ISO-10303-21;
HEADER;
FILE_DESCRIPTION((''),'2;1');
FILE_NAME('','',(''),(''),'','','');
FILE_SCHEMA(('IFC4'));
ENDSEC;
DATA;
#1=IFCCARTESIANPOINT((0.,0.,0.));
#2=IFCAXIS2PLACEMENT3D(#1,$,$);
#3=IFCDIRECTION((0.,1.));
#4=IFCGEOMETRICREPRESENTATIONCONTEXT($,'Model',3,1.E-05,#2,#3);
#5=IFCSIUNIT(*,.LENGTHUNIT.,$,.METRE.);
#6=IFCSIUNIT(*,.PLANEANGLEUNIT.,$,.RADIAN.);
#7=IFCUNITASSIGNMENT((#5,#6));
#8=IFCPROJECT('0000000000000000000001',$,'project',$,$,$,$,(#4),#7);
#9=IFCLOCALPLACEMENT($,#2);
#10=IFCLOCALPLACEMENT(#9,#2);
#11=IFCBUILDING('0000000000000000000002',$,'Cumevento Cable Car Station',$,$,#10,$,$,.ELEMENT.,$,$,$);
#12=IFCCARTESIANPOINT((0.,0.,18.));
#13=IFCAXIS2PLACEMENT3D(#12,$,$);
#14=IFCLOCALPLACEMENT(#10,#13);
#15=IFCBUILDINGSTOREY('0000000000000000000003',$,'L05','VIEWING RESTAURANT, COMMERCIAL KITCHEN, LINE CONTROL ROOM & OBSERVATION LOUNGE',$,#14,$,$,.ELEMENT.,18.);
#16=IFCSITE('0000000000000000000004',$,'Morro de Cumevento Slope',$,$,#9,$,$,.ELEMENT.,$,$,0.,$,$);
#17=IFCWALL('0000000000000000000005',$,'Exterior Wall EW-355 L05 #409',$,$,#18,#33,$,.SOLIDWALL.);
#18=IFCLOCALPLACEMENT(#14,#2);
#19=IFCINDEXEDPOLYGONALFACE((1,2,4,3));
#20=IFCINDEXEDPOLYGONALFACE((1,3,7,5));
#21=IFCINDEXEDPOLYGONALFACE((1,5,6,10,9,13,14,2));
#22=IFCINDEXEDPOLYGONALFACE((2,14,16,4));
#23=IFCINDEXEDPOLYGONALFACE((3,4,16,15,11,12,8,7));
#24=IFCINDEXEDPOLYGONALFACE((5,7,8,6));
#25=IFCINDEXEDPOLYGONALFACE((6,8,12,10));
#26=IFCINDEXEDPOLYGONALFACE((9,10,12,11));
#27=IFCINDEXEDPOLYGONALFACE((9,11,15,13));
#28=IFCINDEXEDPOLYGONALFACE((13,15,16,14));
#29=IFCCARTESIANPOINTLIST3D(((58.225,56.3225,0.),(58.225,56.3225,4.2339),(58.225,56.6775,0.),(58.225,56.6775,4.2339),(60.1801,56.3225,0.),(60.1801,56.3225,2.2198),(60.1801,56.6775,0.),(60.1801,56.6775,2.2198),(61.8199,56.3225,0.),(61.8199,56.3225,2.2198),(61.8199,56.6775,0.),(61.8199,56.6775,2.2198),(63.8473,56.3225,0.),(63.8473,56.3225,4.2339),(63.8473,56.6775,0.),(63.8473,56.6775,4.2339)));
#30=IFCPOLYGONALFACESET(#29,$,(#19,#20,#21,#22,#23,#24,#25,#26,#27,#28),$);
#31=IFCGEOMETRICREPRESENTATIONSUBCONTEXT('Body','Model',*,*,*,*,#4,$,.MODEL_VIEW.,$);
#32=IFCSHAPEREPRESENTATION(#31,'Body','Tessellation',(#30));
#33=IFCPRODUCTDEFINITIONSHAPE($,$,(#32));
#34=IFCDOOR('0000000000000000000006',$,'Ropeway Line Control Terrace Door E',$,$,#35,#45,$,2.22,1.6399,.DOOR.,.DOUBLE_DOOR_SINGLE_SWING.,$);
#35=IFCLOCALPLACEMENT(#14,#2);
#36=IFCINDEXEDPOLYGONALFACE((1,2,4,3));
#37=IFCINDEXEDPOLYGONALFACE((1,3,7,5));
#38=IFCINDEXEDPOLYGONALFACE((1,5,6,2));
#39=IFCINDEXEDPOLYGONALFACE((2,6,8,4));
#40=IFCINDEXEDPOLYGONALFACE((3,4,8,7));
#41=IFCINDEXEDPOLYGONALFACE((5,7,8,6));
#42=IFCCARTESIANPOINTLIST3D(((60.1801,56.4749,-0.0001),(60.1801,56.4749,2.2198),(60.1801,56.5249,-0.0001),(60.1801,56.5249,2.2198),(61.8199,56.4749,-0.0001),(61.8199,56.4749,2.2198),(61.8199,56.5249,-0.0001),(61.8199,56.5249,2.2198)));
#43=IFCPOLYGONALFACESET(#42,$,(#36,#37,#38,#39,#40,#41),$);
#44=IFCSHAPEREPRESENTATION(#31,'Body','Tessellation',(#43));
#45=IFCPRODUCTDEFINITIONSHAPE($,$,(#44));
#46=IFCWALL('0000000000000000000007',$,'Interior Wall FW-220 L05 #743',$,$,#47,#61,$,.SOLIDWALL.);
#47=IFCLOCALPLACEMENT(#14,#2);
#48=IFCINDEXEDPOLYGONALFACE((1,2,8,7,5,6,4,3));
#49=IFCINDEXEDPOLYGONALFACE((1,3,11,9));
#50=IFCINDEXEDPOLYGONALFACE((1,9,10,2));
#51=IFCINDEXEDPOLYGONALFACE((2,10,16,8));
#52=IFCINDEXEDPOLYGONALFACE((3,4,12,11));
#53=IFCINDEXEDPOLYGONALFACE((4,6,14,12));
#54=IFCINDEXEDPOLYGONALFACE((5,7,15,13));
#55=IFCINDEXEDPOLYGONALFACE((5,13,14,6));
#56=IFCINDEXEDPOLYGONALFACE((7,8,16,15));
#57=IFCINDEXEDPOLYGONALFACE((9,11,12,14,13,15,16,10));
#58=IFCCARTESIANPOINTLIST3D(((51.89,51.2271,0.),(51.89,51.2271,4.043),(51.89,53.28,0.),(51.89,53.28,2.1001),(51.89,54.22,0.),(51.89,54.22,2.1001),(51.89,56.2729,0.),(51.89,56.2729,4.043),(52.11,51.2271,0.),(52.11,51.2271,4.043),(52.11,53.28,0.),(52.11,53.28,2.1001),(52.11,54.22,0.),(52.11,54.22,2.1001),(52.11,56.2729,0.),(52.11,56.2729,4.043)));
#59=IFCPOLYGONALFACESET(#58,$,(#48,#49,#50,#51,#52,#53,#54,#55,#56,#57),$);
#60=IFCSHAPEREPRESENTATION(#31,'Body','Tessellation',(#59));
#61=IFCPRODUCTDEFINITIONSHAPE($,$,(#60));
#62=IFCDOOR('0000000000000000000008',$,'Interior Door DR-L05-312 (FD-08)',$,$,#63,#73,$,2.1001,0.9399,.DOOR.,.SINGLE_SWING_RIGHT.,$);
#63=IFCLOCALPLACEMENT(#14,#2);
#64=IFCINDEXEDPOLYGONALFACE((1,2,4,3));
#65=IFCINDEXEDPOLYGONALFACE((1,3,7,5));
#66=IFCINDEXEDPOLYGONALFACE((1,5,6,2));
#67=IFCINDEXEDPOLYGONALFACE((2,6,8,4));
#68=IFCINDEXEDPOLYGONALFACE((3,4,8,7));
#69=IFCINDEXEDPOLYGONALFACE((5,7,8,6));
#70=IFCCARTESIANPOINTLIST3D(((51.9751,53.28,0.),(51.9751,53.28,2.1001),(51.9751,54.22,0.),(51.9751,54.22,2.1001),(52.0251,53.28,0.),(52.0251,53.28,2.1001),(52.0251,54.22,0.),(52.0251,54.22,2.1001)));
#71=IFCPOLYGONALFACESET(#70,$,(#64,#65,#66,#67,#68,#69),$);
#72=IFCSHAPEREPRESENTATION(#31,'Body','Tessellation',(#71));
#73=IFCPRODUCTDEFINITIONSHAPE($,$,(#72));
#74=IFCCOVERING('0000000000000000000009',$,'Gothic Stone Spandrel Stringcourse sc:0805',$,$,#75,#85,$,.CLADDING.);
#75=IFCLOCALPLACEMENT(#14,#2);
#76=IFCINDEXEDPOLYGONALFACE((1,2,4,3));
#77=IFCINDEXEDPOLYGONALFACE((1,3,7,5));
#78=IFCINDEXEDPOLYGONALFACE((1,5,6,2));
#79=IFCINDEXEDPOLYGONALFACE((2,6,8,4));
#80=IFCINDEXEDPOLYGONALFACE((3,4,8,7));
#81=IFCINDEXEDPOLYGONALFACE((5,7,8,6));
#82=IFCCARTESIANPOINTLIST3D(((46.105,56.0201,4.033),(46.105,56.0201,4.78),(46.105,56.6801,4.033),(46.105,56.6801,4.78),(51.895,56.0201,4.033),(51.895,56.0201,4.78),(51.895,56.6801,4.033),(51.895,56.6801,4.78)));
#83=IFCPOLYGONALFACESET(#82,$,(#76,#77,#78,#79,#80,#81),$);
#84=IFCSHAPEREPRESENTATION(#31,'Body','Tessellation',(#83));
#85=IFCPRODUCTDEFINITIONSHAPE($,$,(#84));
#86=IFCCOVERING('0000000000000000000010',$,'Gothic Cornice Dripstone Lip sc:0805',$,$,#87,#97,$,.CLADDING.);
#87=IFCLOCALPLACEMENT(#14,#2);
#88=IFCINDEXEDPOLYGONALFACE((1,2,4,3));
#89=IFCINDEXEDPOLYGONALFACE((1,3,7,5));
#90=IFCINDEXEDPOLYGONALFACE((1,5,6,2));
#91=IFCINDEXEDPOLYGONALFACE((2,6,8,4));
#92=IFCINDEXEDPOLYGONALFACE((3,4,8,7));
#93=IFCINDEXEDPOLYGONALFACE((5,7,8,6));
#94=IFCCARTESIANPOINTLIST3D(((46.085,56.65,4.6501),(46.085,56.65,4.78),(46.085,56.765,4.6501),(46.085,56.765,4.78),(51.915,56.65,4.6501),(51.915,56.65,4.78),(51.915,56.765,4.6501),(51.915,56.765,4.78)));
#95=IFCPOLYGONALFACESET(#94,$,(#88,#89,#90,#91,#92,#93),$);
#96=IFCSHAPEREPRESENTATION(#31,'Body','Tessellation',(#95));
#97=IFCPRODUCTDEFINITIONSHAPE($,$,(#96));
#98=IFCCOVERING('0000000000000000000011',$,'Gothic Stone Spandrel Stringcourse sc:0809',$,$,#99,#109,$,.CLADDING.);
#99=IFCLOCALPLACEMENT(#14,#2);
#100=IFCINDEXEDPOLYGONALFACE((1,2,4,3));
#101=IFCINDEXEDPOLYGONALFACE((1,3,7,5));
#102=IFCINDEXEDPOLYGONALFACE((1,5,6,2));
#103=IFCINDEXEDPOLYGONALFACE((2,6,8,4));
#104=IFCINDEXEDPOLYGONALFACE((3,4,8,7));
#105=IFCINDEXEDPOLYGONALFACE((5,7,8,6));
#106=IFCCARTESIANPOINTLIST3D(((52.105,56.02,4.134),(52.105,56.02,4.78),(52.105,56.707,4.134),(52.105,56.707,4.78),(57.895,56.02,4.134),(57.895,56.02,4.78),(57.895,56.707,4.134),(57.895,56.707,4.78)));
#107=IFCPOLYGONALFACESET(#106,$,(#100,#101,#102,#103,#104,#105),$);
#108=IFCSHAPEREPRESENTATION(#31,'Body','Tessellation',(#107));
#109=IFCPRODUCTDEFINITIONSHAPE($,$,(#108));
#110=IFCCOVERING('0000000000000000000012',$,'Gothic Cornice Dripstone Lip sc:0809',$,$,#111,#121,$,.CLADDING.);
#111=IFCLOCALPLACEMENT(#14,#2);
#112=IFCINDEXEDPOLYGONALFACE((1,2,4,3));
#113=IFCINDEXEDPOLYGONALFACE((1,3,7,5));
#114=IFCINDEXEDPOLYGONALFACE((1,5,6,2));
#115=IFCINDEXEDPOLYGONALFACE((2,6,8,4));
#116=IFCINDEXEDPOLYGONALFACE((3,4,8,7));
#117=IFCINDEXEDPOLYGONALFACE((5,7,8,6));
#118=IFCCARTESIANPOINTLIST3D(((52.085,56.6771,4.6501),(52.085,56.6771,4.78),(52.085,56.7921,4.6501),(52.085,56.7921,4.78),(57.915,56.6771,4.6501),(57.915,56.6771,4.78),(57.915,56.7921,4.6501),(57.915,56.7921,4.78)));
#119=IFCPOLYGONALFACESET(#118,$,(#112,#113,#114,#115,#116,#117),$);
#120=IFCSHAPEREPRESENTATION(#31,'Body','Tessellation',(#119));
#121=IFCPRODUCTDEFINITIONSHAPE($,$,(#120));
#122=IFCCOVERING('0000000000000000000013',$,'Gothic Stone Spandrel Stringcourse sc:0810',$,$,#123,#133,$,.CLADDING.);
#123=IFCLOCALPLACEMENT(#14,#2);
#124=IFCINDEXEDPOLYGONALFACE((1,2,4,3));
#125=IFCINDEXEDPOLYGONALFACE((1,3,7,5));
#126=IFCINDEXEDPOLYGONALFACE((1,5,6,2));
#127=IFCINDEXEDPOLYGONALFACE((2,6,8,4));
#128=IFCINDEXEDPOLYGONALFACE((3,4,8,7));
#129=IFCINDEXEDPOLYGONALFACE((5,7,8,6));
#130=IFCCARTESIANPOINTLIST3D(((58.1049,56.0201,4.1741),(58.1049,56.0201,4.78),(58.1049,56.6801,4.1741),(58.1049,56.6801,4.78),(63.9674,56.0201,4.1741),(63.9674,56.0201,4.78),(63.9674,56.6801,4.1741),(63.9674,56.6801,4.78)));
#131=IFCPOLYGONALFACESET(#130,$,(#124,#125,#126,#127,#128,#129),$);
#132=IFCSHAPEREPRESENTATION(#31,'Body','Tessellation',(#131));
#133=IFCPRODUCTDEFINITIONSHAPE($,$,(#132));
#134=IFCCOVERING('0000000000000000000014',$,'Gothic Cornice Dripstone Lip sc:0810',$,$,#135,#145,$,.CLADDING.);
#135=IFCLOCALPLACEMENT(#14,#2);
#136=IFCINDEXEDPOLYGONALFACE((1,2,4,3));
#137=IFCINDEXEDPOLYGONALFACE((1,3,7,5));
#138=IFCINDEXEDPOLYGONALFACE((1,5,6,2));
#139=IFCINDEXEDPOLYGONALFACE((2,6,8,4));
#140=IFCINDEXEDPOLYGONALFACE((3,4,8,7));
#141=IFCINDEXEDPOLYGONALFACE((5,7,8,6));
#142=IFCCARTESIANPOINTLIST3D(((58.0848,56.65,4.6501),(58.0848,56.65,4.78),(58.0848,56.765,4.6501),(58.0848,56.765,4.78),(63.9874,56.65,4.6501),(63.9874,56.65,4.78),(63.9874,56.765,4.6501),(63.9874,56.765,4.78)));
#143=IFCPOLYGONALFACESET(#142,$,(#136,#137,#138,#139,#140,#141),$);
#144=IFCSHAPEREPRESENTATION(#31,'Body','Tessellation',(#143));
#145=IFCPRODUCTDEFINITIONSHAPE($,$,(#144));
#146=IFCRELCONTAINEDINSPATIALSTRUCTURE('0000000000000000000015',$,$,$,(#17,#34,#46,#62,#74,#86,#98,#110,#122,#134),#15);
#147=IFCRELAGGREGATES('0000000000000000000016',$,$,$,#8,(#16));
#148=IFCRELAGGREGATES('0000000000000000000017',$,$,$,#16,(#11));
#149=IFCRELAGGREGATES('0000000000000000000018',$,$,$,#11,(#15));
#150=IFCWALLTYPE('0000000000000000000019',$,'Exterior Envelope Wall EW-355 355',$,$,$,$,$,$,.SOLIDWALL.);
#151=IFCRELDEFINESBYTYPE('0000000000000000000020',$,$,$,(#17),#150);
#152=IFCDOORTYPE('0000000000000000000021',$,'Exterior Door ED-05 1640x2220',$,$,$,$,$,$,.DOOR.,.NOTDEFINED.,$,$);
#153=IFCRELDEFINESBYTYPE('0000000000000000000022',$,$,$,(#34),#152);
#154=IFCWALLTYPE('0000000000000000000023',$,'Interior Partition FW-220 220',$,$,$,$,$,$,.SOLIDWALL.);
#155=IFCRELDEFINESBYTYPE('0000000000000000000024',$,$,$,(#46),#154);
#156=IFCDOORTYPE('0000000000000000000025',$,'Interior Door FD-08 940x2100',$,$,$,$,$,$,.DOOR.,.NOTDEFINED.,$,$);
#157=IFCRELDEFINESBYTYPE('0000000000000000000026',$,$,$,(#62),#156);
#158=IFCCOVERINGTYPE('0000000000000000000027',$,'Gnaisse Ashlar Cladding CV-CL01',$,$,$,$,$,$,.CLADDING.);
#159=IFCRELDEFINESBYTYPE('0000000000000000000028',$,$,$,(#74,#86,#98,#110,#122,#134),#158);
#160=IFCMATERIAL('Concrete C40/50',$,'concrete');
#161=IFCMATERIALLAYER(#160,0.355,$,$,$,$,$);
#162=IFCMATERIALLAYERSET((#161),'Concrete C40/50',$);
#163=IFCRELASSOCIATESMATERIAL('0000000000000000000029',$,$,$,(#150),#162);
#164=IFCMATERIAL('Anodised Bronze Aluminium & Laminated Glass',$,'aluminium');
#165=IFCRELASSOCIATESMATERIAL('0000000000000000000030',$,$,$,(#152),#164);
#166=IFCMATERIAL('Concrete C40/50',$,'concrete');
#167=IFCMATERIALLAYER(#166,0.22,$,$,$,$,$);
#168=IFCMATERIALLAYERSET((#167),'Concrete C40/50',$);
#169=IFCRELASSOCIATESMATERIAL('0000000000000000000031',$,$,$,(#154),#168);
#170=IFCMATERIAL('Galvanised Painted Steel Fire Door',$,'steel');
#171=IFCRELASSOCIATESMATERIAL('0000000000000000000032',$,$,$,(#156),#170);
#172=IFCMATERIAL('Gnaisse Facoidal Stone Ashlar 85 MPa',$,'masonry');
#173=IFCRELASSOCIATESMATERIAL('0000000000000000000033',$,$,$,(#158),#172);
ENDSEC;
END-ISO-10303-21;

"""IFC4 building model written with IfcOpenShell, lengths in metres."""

from ifc_helpers import new_model, si_unit, direction, frame, frame_2d, origin, origin_2d, place, context, subcontext, project, spatial, rectangle, extrude, material, layer, layer_set, type_object, element, fill, save


model = new_model("IFC4")

# Units and contexts
model_context = context("Model", 3, precision=1e-05, world=origin(), true_north=direction((0.0, 1.0)))
body_context = subcontext(model_context, "Body", "Model", "MODEL_VIEW")
ifc_project = project(units=[si_unit("LENGTHUNIT", "METRE"), si_unit("PLANEANGLEUNIT", "RADIAN")], contexts=[model_context])

# Site, building, storey
site_placement = place(None, origin())
site = spatial("IfcSite", under=ifc_project, at=site_placement, Name="Morro de Cumevento Slope", CompositionType="ELEMENT", RefElevation=0.0)
building_placement = place(site_placement, origin())
building = spatial("IfcBuilding", under=site, at=building_placement, Name="Cumevento Cable Car Station", CompositionType="ELEMENT")
storey_placement = place(building_placement, frame((0.0, 0.0, 18.0)))
storey = spatial("IfcBuildingStorey", under=building, at=storey_placement, Name="L05", Description="VIEWING RESTAURANT, COMMERCIAL KITCHEN, LINE CONTROL ROOM & OBSERVATION LOUNGE", CompositionType="ELEMENT", Elevation=18.0)

# Walls, openings, doors
ifc_material_1 = material(Name="Concrete C40/50", Category="concrete")
ifc_layer_1 = layer(ifc_material_1, 0.355)
ifc_layer_set_1 = layer_set([ifc_layer_1], Name="Concrete C40/50")
wall_type_1 = type_object("IfcWallType", Name="Exterior Envelope Wall EW-355 355", PredefinedType="SOLIDWALL", material=ifc_layer_set_1)
wall_1_placement = place(storey_placement, frame((58.2251, 56.5, 0.0), z_axis=(0.0, 0.0, 1.0), x_axis=(1.0, 0.0, 0.0)))
wall_1 = element("IfcWall", 1, at=wall_1_placement, inside=storey, type_object=wall_type_1, Name="Exterior Wall EW-355 L05 #409", PredefinedType="SOLIDWALL", context=body_context, shape_type="SweptSolid", body=[
    extrude(rectangle(XDim=5.6223, YDim=0.355, at=frame_2d((2.811, 0.0))), origin(), (0.0, 0.0, 1.0), 4.2339),
])
opening_1_placement = place(wall_1_placement, frame((1.9551, 0.0, 0.0)))
opening_1 = element("IfcOpeningElement", 2, at=opening_1_placement, cuts=wall_1, PredefinedType="OPENING", context=body_context, shape_type="SweptSolid", body=[
    extrude(rectangle(XDim=1.6399, YDim=2.22, at=frame_2d((0.8198, 1.1099))), frame((0.0, 0.1875, 0.0), z_axis=(0.0, -1.0, 0.0), x_axis=(1.0, 0.0, 0.0)), (0.0, 0.0, 1.0), 0.375),
])
ifc_material_2 = material(Name="Anodised Bronze Aluminium & Laminated Glass", Category="aluminium")
door_type_1 = type_object("IfcDoorType", Name="Exterior Door ED-05 1640x2220", OperationType="NOTDEFINED", PredefinedType="DOOR", material=ifc_material_2)
door_1_placement = place(opening_1_placement, origin())
door_1 = element("IfcDoor", 3, at=door_1_placement, inside=storey, type_object=door_type_1, Name="Ropeway Line Control Terrace Door E", OperationType="DOUBLE_DOOR_SINGLE_SWING", OverallHeight=2.22, OverallWidth=1.6399, PredefinedType="DOOR", context=body_context, shape_type="SweptSolid", body=[
    extrude(rectangle(XDim=1.6399, YDim=2.22, at=frame_2d((0.8198, 1.1099))), frame((0.0, 0.0249, 0.0), z_axis=(0.0, -1.0, 0.0), x_axis=(1.0, 0.0, 0.0)), (0.0, 0.0, 1.0), 0.05),
])
fill(opening_1, door_1)
ifc_material_3 = material(Name="Concrete C40/50", Category="concrete")
ifc_layer_2 = layer(ifc_material_3, 0.22)
ifc_layer_set_2 = layer_set([ifc_layer_2], Name="Concrete C40/50")
wall_type_2 = type_object("IfcWallType", Name="Interior Partition FW-220 220", PredefinedType="SOLIDWALL", material=ifc_layer_set_2)
wall_2_placement = place(storey_placement, frame((52.0, 51.2271, 0.0), z_axis=(0.0, 0.0, 1.0), x_axis=(0.0, 1.0, 0.0)))
wall_2 = element("IfcWall", 4, at=wall_2_placement, inside=storey, type_object=wall_type_2, Name="Interior Wall FW-220 L05 #743", PredefinedType="SOLIDWALL", context=body_context, shape_type="SweptSolid", body=[
    extrude(rectangle(XDim=5.0459, YDim=0.22, at=frame_2d((2.5229, 0.0))), origin(), (0.0, 0.0, 1.0), 4.043),
])
opening_2_placement = place(wall_2_placement, frame((2.053, 0.0, 0.0)))
opening_2 = element("IfcOpeningElement", 5, at=opening_2_placement, cuts=wall_2, PredefinedType="OPENING", context=body_context, shape_type="SweptSolid", body=[
    extrude(rectangle(XDim=0.9399, YDim=2.1001, at=frame_2d((0.47, 1.05))), frame((0.0, 0.1199, 0.0), z_axis=(0.0, -1.0, 0.0), x_axis=(1.0, 0.0, 0.0)), (0.0, 0.0, 1.0), 0.24),
])
ifc_material_4 = material(Name="Galvanised Painted Steel Fire Door", Category="steel")
door_type_2 = type_object("IfcDoorType", Name="Interior Door FD-08 940x2100", OperationType="NOTDEFINED", PredefinedType="DOOR", material=ifc_material_4)
door_2_placement = place(opening_2_placement, origin())
door_2 = element("IfcDoor", 6, at=door_2_placement, inside=storey, type_object=door_type_2, Name="Interior Door DR-L05-312 (FD-08)", OperationType="SINGLE_SWING_RIGHT", OverallHeight=2.1001, OverallWidth=0.9399, PredefinedType="DOOR", context=body_context, shape_type="SweptSolid", body=[
    extrude(rectangle(XDim=0.9399, YDim=2.1001, at=frame_2d((0.47, 1.05))), frame((0.0, 0.0249, 0.0), z_axis=(0.0, -1.0, 0.0), x_axis=(1.0, 0.0, 0.0)), (0.0, 0.0, 1.0), 0.05),
])
fill(opening_2, door_2)

# Coverings
ifc_material_5 = material(Name="Gnaisse Facoidal Stone Ashlar 85 MPa", Category="masonry")
covering_type = type_object("IfcCoveringType", Name="Gnaisse Ashlar Cladding CV-CL01", PredefinedType="CLADDING", material=ifc_material_5)
covering_1_placement = place(storey_placement, frame((49.0, 56.3501, 4.033), z_axis=(0.0, 0.0, 1.0), x_axis=(1.0, 0.0, 0.0)))
element("IfcCovering", 7, at=covering_1_placement, inside=storey, type_object=covering_type, Name="Gothic Stone Spandrel Stringcourse sc:0805", PredefinedType="CLADDING", context=body_context, shape_type="SweptSolid", body=[
    extrude(rectangle(XDim=5.79, YDim=0.6599, at=origin_2d()), origin(), (0.0, 0.0, 1.0), 0.7471),
])
covering_2_placement = place(storey_placement, frame((49.0, 56.7075, 4.6501), z_axis=(0.0, 0.0, 1.0), x_axis=(1.0, 0.0, 0.0)))
element("IfcCovering", 8, at=covering_2_placement, inside=storey, type_object=covering_type, Name="Gothic Cornice Dripstone Lip sc:0805", PredefinedType="CLADDING", context=body_context, shape_type="SweptSolid", body=[
    extrude(rectangle(XDim=5.8301, YDim=0.115, at=origin_2d()), origin(), (0.0, 0.0, 1.0), 0.1299),
])
covering_3_placement = place(storey_placement, frame((55.0, 56.3635, 4.134), z_axis=(0.0, 0.0, 1.0), x_axis=(1.0, 0.0, 0.0)))
element("IfcCovering", 9, at=covering_3_placement, inside=storey, type_object=covering_type, Name="Gothic Stone Spandrel Stringcourse sc:0809", PredefinedType="CLADDING", context=body_context, shape_type="SweptSolid", body=[
    extrude(rectangle(XDim=5.79, YDim=0.687, at=origin_2d()), origin(), (0.0, 0.0, 1.0), 0.646),
])
covering_4_placement = place(storey_placement, frame((55.0, 56.7346, 4.6501), z_axis=(0.0, 0.0, 1.0), x_axis=(1.0, 0.0, 0.0)))
element("IfcCovering", 10, at=covering_4_placement, inside=storey, type_object=covering_type, Name="Gothic Cornice Dripstone Lip sc:0809", PredefinedType="CLADDING", context=body_context, shape_type="SweptSolid", body=[
    extrude(rectangle(XDim=5.8301, YDim=0.115, at=origin_2d()), origin(), (0.0, 0.0, 1.0), 0.1299),
])
covering_5_placement = place(storey_placement, frame((61.0361, 56.3501, 4.1741), z_axis=(0.0, 0.0, 1.0), x_axis=(1.0, 0.0, 0.0)))
element("IfcCovering", 11, at=covering_5_placement, inside=storey, type_object=covering_type, Name="Gothic Stone Spandrel Stringcourse sc:0810", PredefinedType="CLADDING", context=body_context, shape_type="SweptSolid", body=[
    extrude(rectangle(XDim=5.8625, YDim=0.6599, at=origin_2d()), origin(), (0.0, 0.0, 1.0), 0.606),
])
covering_6_placement = place(storey_placement, frame((61.0361, 56.7075, 4.6501), z_axis=(0.0, 0.0, 1.0), x_axis=(1.0, 0.0, 0.0)))
element("IfcCovering", 12, at=covering_6_placement, inside=storey, type_object=covering_type, Name="Gothic Cornice Dripstone Lip sc:0810", PredefinedType="CLADDING", context=body_context, shape_type="SweptSolid", body=[
    extrude(rectangle(XDim=5.9026, YDim=0.115, at=origin_2d()), origin(), (0.0, 0.0, 1.0), 0.1299),
])

save(model, "model.ifc")
